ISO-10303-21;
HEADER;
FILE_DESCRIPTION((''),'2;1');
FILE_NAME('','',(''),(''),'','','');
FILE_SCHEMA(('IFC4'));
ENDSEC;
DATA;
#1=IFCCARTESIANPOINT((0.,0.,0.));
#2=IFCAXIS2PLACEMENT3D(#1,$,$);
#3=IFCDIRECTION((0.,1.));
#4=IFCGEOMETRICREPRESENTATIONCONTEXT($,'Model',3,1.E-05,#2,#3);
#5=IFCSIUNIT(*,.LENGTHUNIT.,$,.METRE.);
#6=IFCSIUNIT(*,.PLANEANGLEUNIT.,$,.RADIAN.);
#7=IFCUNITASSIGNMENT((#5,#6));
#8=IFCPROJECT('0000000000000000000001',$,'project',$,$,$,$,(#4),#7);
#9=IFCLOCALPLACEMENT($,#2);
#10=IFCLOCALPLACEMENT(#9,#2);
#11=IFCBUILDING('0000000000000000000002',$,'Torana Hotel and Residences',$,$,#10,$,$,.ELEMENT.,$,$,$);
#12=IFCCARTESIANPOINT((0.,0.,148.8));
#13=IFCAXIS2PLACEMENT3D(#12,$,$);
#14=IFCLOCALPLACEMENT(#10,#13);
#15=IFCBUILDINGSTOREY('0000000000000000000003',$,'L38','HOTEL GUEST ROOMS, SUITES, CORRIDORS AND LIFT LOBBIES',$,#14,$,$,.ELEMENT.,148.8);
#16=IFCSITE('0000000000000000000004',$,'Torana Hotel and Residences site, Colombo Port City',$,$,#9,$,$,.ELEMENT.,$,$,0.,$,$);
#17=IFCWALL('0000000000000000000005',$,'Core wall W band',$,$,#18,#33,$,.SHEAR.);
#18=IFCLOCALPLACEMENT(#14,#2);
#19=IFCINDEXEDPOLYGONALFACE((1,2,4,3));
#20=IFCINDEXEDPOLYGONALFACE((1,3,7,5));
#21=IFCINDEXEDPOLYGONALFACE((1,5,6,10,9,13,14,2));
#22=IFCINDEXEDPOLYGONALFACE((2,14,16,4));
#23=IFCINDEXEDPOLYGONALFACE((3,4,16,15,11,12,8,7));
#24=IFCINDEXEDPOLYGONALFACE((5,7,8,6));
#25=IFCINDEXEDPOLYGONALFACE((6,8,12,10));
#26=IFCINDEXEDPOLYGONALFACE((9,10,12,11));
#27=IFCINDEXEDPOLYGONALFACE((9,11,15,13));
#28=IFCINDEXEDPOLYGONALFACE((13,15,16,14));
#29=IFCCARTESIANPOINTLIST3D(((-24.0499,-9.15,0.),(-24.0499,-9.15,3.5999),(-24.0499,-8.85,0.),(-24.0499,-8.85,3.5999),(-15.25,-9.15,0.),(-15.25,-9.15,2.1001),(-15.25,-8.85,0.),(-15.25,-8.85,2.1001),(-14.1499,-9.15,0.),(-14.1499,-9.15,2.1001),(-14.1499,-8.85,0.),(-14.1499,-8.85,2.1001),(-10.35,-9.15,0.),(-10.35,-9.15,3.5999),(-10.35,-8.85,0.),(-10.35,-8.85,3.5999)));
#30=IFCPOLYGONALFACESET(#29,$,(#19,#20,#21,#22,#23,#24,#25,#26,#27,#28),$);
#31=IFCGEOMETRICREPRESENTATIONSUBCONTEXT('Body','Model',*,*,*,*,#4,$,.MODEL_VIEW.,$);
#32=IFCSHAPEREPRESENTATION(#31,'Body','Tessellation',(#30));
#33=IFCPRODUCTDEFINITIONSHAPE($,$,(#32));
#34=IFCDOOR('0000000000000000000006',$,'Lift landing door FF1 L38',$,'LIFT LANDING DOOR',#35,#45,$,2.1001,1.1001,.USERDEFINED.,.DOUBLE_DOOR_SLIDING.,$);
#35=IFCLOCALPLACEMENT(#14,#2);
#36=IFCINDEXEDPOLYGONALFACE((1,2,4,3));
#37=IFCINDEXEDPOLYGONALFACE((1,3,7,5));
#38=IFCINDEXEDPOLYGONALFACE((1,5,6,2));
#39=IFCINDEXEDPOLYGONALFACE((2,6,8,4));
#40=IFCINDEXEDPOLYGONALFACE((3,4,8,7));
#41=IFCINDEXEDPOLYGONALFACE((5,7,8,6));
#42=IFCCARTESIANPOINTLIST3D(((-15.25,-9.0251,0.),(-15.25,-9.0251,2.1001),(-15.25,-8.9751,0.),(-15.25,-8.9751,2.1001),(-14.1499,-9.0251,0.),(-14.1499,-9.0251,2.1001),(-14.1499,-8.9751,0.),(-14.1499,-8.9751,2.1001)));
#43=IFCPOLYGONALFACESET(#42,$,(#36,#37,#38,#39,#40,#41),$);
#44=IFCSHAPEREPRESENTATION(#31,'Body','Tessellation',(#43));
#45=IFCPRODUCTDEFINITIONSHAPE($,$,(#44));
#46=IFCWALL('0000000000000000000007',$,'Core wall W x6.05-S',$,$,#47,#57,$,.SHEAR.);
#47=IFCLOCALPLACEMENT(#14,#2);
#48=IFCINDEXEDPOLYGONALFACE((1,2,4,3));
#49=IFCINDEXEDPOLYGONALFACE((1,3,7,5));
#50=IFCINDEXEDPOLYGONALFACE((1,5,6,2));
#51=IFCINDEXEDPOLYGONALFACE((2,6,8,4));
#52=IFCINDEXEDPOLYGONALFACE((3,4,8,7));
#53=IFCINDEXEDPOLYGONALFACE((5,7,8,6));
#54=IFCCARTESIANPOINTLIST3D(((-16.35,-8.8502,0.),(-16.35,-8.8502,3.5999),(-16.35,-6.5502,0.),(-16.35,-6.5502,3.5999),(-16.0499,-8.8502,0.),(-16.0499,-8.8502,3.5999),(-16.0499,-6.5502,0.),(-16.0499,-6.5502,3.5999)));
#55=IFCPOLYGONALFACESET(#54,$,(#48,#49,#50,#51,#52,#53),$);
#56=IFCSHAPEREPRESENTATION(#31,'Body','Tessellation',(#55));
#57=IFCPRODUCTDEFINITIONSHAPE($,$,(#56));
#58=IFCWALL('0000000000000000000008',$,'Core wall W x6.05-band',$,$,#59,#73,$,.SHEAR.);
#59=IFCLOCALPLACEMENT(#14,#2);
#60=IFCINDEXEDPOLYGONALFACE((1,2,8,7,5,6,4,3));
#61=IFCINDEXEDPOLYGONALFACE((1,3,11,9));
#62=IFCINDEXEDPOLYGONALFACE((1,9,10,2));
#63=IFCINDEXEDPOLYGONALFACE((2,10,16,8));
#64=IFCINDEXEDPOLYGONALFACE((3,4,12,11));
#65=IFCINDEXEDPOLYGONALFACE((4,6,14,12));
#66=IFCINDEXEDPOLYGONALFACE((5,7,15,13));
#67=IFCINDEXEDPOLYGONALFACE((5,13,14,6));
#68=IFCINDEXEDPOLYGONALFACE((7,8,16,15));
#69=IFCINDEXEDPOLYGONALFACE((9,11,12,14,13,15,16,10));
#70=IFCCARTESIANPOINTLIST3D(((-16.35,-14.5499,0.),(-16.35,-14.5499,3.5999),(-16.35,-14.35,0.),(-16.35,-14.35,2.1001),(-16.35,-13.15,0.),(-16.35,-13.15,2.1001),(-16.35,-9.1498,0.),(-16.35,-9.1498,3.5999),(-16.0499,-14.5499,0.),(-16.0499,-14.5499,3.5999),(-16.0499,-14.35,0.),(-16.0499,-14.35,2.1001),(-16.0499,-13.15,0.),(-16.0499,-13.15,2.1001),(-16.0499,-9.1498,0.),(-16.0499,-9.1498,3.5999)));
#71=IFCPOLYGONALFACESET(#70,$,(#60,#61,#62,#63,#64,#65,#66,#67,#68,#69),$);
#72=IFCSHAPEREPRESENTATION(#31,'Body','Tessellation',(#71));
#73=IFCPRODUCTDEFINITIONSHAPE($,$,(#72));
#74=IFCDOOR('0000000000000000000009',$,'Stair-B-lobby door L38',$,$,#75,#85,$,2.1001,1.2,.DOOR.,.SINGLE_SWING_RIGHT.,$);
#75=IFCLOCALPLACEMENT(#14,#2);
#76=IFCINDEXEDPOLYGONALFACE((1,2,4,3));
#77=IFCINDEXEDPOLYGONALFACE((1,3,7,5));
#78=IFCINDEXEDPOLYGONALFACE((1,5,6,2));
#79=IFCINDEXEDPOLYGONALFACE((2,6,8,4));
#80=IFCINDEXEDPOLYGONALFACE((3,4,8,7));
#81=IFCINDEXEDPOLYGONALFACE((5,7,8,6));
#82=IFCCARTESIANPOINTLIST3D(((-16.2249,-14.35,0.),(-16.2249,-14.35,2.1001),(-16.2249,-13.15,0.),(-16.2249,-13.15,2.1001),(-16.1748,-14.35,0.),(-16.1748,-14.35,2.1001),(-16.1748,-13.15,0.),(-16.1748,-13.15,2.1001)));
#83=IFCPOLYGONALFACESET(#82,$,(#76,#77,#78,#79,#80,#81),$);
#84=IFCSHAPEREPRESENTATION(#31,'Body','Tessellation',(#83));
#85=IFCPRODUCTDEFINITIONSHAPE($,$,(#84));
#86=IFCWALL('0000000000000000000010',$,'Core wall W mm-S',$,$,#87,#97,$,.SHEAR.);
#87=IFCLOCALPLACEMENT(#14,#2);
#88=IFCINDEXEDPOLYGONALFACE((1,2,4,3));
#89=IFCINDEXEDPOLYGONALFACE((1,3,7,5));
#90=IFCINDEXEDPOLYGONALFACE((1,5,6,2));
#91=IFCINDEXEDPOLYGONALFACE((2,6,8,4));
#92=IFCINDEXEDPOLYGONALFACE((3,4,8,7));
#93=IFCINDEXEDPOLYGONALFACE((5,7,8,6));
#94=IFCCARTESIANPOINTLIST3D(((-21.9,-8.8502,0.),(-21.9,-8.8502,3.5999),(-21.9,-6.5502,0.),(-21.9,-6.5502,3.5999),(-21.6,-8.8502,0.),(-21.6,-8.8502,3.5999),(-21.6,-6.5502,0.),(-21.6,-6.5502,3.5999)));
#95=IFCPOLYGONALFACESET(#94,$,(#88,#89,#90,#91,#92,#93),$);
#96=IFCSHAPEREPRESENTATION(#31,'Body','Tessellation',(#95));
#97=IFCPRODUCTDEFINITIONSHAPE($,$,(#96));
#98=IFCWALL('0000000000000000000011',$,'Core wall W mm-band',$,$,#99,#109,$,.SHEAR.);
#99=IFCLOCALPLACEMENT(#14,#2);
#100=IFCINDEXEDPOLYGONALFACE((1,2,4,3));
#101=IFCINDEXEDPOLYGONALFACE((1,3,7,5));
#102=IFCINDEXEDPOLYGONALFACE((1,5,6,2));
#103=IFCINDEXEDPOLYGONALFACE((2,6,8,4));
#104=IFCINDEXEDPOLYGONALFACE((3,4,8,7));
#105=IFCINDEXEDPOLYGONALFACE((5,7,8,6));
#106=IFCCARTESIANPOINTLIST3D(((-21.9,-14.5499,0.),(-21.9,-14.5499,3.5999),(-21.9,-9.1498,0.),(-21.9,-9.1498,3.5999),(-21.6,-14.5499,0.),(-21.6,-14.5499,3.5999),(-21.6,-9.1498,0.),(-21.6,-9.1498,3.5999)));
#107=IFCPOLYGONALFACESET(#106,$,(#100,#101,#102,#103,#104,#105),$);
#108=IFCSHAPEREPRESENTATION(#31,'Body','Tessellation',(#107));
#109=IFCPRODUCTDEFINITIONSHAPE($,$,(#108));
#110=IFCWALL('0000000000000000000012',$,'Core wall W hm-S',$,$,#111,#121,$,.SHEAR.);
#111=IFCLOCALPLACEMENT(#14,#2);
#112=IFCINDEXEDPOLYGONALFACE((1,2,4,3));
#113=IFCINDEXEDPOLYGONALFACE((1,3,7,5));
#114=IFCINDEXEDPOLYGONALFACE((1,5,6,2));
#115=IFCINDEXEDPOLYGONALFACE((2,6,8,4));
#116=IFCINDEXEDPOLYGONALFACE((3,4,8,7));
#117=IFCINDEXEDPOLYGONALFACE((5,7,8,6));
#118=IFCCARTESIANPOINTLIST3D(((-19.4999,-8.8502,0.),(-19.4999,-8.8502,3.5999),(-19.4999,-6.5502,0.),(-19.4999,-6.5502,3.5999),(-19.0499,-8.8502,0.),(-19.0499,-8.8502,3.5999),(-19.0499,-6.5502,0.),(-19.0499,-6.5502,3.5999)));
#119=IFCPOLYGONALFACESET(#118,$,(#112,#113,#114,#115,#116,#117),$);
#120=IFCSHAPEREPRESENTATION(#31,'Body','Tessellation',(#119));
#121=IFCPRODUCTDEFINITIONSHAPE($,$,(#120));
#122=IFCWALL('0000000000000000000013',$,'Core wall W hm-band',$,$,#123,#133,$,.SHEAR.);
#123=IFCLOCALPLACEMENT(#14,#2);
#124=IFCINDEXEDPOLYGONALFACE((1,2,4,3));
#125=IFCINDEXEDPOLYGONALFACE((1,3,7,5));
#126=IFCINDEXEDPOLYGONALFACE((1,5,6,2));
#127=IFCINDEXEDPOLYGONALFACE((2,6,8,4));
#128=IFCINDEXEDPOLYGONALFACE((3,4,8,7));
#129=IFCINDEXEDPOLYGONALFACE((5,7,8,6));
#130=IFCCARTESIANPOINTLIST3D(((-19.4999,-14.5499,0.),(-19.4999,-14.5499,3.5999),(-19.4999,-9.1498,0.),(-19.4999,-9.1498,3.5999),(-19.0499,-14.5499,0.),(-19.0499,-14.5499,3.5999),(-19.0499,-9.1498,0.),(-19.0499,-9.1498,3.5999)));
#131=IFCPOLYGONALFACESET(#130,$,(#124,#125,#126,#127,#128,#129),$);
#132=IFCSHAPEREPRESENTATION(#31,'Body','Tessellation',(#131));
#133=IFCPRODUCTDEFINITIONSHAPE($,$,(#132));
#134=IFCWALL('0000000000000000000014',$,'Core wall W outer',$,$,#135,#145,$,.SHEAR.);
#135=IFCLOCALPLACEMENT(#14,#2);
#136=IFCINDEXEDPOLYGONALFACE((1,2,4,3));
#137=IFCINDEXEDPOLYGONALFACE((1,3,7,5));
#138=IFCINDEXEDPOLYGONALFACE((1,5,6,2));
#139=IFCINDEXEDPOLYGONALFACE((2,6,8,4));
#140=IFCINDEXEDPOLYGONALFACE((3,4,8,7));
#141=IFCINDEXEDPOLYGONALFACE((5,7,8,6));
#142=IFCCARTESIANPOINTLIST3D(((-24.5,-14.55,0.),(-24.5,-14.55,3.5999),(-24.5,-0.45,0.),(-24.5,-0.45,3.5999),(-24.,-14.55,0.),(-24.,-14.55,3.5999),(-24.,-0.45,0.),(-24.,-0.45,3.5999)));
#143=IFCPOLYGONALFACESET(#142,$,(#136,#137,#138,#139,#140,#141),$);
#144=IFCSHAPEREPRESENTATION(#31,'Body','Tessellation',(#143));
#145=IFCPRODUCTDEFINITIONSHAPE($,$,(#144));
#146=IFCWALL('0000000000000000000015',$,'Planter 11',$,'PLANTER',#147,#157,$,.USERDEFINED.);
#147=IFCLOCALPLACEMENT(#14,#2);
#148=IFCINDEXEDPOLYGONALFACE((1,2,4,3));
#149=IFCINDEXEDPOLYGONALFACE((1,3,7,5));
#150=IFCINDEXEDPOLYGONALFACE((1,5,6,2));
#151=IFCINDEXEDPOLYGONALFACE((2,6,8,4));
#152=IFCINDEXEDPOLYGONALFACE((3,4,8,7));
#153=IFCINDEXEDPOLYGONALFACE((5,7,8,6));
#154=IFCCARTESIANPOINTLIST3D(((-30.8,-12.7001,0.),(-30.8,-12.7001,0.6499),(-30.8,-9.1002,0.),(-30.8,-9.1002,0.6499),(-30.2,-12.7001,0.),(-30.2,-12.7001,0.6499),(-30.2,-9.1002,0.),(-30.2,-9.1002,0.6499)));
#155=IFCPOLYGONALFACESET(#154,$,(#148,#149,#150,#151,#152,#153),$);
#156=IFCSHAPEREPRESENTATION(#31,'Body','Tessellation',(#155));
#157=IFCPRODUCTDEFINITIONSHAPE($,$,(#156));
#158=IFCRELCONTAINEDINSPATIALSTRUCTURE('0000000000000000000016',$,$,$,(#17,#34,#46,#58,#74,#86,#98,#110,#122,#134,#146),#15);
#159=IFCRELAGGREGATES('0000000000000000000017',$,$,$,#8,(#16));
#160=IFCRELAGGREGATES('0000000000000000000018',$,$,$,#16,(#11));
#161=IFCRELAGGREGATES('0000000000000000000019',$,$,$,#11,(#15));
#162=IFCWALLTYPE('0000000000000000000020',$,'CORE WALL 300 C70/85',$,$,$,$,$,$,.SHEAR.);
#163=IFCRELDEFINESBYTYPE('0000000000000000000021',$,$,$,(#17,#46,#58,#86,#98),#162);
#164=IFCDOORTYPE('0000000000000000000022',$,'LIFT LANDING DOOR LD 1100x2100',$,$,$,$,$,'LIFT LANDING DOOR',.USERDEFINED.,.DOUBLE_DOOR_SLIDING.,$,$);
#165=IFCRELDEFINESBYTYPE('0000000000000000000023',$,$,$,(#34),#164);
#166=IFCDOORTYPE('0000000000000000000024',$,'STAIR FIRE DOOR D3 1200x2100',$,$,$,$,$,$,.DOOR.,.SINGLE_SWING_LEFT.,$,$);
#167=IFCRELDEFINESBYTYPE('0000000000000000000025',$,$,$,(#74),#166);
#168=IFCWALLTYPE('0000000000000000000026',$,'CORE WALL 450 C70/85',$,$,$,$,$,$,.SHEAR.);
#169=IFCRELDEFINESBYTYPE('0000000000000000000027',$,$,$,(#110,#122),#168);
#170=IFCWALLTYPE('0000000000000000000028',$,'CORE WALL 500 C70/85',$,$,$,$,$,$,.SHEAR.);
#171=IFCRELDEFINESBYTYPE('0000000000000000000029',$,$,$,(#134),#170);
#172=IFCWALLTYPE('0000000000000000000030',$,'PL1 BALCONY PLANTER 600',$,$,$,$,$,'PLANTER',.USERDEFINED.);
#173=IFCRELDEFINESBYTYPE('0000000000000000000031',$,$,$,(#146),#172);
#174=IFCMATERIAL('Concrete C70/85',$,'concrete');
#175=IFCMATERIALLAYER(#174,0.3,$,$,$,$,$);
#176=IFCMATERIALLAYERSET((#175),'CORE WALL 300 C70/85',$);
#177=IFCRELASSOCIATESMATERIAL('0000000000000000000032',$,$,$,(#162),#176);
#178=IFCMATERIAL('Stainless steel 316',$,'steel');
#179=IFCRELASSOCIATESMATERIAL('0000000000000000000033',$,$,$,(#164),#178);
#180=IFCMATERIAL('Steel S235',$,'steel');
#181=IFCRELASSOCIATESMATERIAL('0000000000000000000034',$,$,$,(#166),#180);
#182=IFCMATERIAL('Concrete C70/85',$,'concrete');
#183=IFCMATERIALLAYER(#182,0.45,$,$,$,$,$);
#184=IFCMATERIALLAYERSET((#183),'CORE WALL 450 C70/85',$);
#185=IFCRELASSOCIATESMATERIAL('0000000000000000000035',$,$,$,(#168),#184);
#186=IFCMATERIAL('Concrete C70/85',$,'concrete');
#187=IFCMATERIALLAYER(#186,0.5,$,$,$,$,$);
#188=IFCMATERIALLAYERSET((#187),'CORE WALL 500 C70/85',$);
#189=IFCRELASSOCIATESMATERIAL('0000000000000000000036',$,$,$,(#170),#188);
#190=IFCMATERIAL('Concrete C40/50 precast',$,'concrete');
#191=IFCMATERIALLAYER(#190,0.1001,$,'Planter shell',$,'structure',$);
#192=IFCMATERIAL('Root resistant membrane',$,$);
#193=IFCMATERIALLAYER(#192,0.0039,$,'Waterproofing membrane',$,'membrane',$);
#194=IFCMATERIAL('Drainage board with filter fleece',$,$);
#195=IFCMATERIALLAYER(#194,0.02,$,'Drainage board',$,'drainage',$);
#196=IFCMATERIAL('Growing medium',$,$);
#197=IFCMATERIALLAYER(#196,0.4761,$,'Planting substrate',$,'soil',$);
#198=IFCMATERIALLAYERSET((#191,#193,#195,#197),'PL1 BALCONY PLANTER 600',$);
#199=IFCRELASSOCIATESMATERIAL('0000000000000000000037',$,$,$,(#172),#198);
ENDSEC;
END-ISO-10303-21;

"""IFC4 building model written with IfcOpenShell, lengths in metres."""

from ifc_helpers import new_model, si_unit, direction, frame, frame_2d, origin, place, context, subcontext, project, spatial, rectangle, extrude, material, layer, layer_set, type_object, element, fill, save


model = new_model("IFC4")

# Units and contexts
model_context = context("Model", 3, precision=1e-05, world=origin(), true_north=direction((0.0, 1.0)))
body_context = subcontext(model_context, "Body", "Model", "MODEL_VIEW")
ifc_project = project(units=[si_unit("LENGTHUNIT", "METRE"), si_unit("PLANEANGLEUNIT", "RADIAN")], contexts=[model_context])

# Site, building, storey
site_placement = place(None, origin())
site = spatial("IfcSite", under=ifc_project, at=site_placement, Name="Torana Hotel and Residences site, Colombo Port City", CompositionType="ELEMENT", RefElevation=0.0)
building_placement = place(site_placement, origin())
building = spatial("IfcBuilding", under=site, at=building_placement, Name="Torana Hotel and Residences", CompositionType="ELEMENT")
storey_placement = place(building_placement, frame((0.0, 0.0, 148.8)))
storey = spatial("IfcBuildingStorey", under=building, at=storey_placement, Name="L38", Description="HOTEL GUEST ROOMS, SUITES, CORRIDORS AND LIFT LOBBIES", CompositionType="ELEMENT", Elevation=148.8)

# Wall, opening, door
ifc_material_1 = material(Name="Concrete C70/85", Category="concrete")
ifc_layer_1 = layer(ifc_material_1, 0.3)
ifc_layer_set_1 = layer_set([ifc_layer_1], Name="CORE WALL 300 C70/85")
wall_type_1 = type_object("IfcWallType", Name="CORE WALL 300 C70/85", PredefinedType="SHEAR", material=ifc_layer_set_1)
wall_1_placement = place(storey_placement, frame((-24.05, -9.0, 0.0), z_axis=(0.0, 0.0, 1.0), x_axis=(1.0, 0.0, 0.0)))
wall_1 = element("IfcWall", 1, at=wall_1_placement, inside=storey, type_object=wall_type_1, Name="Core wall W band", PredefinedType="SHEAR", context=body_context, shape_type="SweptSolid", body=[
    extrude(rectangle(XDim=13.7, YDim=0.3, at=frame_2d((6.8501, 0.0))), origin(), (0.0, 0.0, 1.0), 3.5999),
])
opening_1_placement = place(wall_1_placement, frame((8.8, 0.0, 0.0)))
opening_1 = element("IfcOpeningElement", 2, at=opening_1_placement, cuts=wall_1, PredefinedType="OPENING", context=body_context, shape_type="SweptSolid", body=[
    extrude(rectangle(XDim=1.1001, YDim=2.1001, at=frame_2d((0.55, 1.05))), frame((0.0, 0.1599, 0.0), z_axis=(0.0, -1.0, 0.0), x_axis=(1.0, 0.0, 0.0)), (0.0, 0.0, 1.0), 0.3201),
])
ifc_material_2 = material(Name="Stainless steel 316", Category="steel")
door_type_1 = type_object("IfcDoorType", Name="LIFT LANDING DOOR LD 1100x2100", ElementType="LIFT LANDING DOOR", OperationType="DOUBLE_DOOR_SLIDING", PredefinedType="USERDEFINED", material=ifc_material_2)
door_1_placement = place(opening_1_placement, origin())
door_1 = element("IfcDoor", 3, at=door_1_placement, inside=storey, type_object=door_type_1, Name="Lift landing door FF1 L38", ObjectType="LIFT LANDING DOOR", OperationType="DOUBLE_DOOR_SLIDING", OverallHeight=2.1001, OverallWidth=1.1001, PredefinedType="USERDEFINED", context=body_context, shape_type="SweptSolid", body=[
    extrude(rectangle(XDim=1.1001, YDim=2.1001, at=frame_2d((0.55, 1.05))), frame((0.0, 0.0249, 0.0), z_axis=(0.0, -1.0, 0.0), x_axis=(1.0, 0.0, 0.0)), (0.0, 0.0, 1.0), 0.05),
])
fill(opening_1, door_1)

# Wall
wall_2_placement = place(storey_placement, frame((-16.2, -8.8501, 0.0), z_axis=(0.0, 0.0, 1.0), x_axis=(0.0, 1.0, 0.0)))
element("IfcWall", 4, at=wall_2_placement, inside=storey, type_object=wall_type_1, Name="Core wall W x6.05-S", PredefinedType="SHEAR", context=body_context, shape_type="SweptSolid", body=[
    extrude(rectangle(XDim=2.3, YDim=0.3, at=frame_2d((1.1499, 0.0))), origin(), (0.0, 0.0, 1.0), 3.5999),
])

# Wall, opening, door
wall_3_placement = place(storey_placement, frame((-16.2, -14.55, 0.0), z_axis=(0.0, 0.0, 1.0), x_axis=(0.0, 1.0, 0.0)))
wall_3 = element("IfcWall", 5, at=wall_3_placement, inside=storey, type_object=wall_type_1, Name="Core wall W x6.05-band", PredefinedType="SHEAR", context=body_context, shape_type="SweptSolid", body=[
    extrude(rectangle(XDim=5.4001, YDim=0.3, at=frame_2d((2.7002, 0.0))), origin(), (0.0, 0.0, 1.0), 3.5999),
])
opening_2_placement = place(wall_3_placement, frame((0.2, 0.0, 0.0)))
opening_2 = element("IfcOpeningElement", 6, at=opening_2_placement, cuts=wall_3, PredefinedType="OPENING", context=body_context, shape_type="SweptSolid", body=[
    extrude(rectangle(XDim=1.2, YDim=2.1001, at=frame_2d((0.6001, 1.05))), frame((0.0, 0.1599, 0.0), z_axis=(0.0, -1.0, 0.0), x_axis=(1.0, 0.0, 0.0)), (0.0, 0.0, 1.0), 0.3201),
])
ifc_material_3 = material(Name="Steel S235", Category="steel")
door_type_2 = type_object("IfcDoorType", Name="STAIR FIRE DOOR D3 1200x2100", OperationType="SINGLE_SWING_LEFT", PredefinedType="DOOR", material=ifc_material_3)
door_2_placement = place(opening_2_placement, origin())
door_2 = element("IfcDoor", 7, at=door_2_placement, inside=storey, type_object=door_type_2, Name="Stair-B-lobby door L38", OperationType="SINGLE_SWING_RIGHT", OverallHeight=2.1001, OverallWidth=1.2, PredefinedType="DOOR", context=body_context, shape_type="SweptSolid", body=[
    extrude(rectangle(XDim=1.2, YDim=2.1001, at=frame_2d((0.6001, 1.05))), frame((0.0, 0.0249, 0.0), z_axis=(0.0, -1.0, 0.0), x_axis=(1.0, 0.0, 0.0)), (0.0, 0.0, 1.0), 0.05),
])
fill(opening_2, door_2)

# Walls
wall_4_placement = place(storey_placement, frame((-21.75, -8.8501, 0.0), z_axis=(0.0, 0.0, 1.0), x_axis=(0.0, 1.0, 0.0)))
element("IfcWall", 8, at=wall_4_placement, inside=storey, type_object=wall_type_1, Name="Core wall W mm-S", PredefinedType="SHEAR", context=body_context, shape_type="SweptSolid", body=[
    extrude(rectangle(XDim=2.3, YDim=0.3, at=frame_2d((1.1499, 0.0))), origin(), (0.0, 0.0, 1.0), 3.5999),
])
wall_5_placement = place(storey_placement, frame((-21.75, -14.55, 0.0), z_axis=(0.0, 0.0, 1.0), x_axis=(0.0, 1.0, 0.0)))
element("IfcWall", 9, at=wall_5_placement, inside=storey, type_object=wall_type_1, Name="Core wall W mm-band", PredefinedType="SHEAR", context=body_context, shape_type="SweptSolid", body=[
    extrude(rectangle(XDim=5.4001, YDim=0.3, at=frame_2d((2.7002, 0.0))), origin(), (0.0, 0.0, 1.0), 3.5999),
])
ifc_material_4 = material(Name="Concrete C70/85", Category="concrete")
ifc_layer_2 = layer(ifc_material_4, 0.45)
ifc_layer_set_2 = layer_set([ifc_layer_2], Name="CORE WALL 450 C70/85")
wall_type_2 = type_object("IfcWallType", Name="CORE WALL 450 C70/85", PredefinedType="SHEAR", material=ifc_layer_set_2)
wall_6_placement = place(storey_placement, frame((-19.2749, -8.8501, 0.0), z_axis=(0.0, 0.0, 1.0), x_axis=(0.0, 1.0, 0.0)))
element("IfcWall", 10, at=wall_6_placement, inside=storey, type_object=wall_type_2, Name="Core wall W hm-S", PredefinedType="SHEAR", context=body_context, shape_type="SweptSolid", body=[
    extrude(rectangle(XDim=2.3, YDim=0.45, at=frame_2d((1.1499, 0.0))), origin(), (0.0, 0.0, 1.0), 3.5999),
])
wall_7_placement = place(storey_placement, frame((-19.2749, -14.55, 0.0), z_axis=(0.0, 0.0, 1.0), x_axis=(0.0, 1.0, 0.0)))
element("IfcWall", 11, at=wall_7_placement, inside=storey, type_object=wall_type_2, Name="Core wall W hm-band", PredefinedType="SHEAR", context=body_context, shape_type="SweptSolid", body=[
    extrude(rectangle(XDim=5.4001, YDim=0.45, at=frame_2d((2.7002, 0.0))), origin(), (0.0, 0.0, 1.0), 3.5999),
])
ifc_material_5 = material(Name="Concrete C70/85", Category="concrete")
ifc_layer_3 = layer(ifc_material_5, 0.5)
ifc_layer_set_3 = layer_set([ifc_layer_3], Name="CORE WALL 500 C70/85")
wall_type_3 = type_object("IfcWallType", Name="CORE WALL 500 C70/85", PredefinedType="SHEAR", material=ifc_layer_set_3)
wall_8_placement = place(storey_placement, frame((-24.25, -14.55, 0.0), z_axis=(0.0, 0.0, 1.0), x_axis=(0.0, 1.0, 0.0)))
element("IfcWall", 12, at=wall_8_placement, inside=storey, type_object=wall_type_3, Name="Core wall W outer", PredefinedType="SHEAR", context=body_context, shape_type="SweptSolid", body=[
    extrude(rectangle(XDim=14.1001, YDim=0.5, at=frame_2d((7.05, 0.0))), origin(), (0.0, 0.0, 1.0), 3.5999),
])
ifc_material_6 = material(Name="Concrete C40/50 precast", Category="concrete")
ifc_layer_4 = layer(ifc_material_6, 0.1001, Name="Planter shell", Category="structure")
ifc_material_7 = material(Name="Root resistant membrane")
ifc_layer_5 = layer(ifc_material_7, 0.0039, Name="Waterproofing membrane", Category="membrane")
ifc_material_8 = material(Name="Drainage board with filter fleece")
ifc_layer_6 = layer(ifc_material_8, 0.02, Name="Drainage board", Category="drainage")
ifc_material_9 = material(Name="Growing medium")
ifc_layer_7 = layer(ifc_material_9, 0.4761, Name="Planting substrate", Category="soil")
ifc_layer_set_4 = layer_set([ifc_layer_4, ifc_layer_5, ifc_layer_6, ifc_layer_7], Name="PL1 BALCONY PLANTER 600")
wall_type_4 = type_object("IfcWallType", Name="PL1 BALCONY PLANTER 600", ElementType="PLANTER", PredefinedType="USERDEFINED", material=ifc_layer_set_4)
wall_9_placement = place(storey_placement, frame((-30.5, -12.7, 0.0), z_axis=(0.0, 0.0, 1.0), x_axis=(0.0, 1.0, 0.0)))
element("IfcWall", 13, at=wall_9_placement, inside=storey, type_object=wall_type_4, Name="Planter 11", ObjectType="PLANTER", PredefinedType="USERDEFINED", context=body_context, shape_type="SweptSolid", body=[
    extrude(rectangle(XDim=3.5999, YDim=0.6001, at=frame_2d((1.7998, 0.0))), origin(), (0.0, 0.0, 1.0), 0.6499),
])

save(model, "model.ifc")
